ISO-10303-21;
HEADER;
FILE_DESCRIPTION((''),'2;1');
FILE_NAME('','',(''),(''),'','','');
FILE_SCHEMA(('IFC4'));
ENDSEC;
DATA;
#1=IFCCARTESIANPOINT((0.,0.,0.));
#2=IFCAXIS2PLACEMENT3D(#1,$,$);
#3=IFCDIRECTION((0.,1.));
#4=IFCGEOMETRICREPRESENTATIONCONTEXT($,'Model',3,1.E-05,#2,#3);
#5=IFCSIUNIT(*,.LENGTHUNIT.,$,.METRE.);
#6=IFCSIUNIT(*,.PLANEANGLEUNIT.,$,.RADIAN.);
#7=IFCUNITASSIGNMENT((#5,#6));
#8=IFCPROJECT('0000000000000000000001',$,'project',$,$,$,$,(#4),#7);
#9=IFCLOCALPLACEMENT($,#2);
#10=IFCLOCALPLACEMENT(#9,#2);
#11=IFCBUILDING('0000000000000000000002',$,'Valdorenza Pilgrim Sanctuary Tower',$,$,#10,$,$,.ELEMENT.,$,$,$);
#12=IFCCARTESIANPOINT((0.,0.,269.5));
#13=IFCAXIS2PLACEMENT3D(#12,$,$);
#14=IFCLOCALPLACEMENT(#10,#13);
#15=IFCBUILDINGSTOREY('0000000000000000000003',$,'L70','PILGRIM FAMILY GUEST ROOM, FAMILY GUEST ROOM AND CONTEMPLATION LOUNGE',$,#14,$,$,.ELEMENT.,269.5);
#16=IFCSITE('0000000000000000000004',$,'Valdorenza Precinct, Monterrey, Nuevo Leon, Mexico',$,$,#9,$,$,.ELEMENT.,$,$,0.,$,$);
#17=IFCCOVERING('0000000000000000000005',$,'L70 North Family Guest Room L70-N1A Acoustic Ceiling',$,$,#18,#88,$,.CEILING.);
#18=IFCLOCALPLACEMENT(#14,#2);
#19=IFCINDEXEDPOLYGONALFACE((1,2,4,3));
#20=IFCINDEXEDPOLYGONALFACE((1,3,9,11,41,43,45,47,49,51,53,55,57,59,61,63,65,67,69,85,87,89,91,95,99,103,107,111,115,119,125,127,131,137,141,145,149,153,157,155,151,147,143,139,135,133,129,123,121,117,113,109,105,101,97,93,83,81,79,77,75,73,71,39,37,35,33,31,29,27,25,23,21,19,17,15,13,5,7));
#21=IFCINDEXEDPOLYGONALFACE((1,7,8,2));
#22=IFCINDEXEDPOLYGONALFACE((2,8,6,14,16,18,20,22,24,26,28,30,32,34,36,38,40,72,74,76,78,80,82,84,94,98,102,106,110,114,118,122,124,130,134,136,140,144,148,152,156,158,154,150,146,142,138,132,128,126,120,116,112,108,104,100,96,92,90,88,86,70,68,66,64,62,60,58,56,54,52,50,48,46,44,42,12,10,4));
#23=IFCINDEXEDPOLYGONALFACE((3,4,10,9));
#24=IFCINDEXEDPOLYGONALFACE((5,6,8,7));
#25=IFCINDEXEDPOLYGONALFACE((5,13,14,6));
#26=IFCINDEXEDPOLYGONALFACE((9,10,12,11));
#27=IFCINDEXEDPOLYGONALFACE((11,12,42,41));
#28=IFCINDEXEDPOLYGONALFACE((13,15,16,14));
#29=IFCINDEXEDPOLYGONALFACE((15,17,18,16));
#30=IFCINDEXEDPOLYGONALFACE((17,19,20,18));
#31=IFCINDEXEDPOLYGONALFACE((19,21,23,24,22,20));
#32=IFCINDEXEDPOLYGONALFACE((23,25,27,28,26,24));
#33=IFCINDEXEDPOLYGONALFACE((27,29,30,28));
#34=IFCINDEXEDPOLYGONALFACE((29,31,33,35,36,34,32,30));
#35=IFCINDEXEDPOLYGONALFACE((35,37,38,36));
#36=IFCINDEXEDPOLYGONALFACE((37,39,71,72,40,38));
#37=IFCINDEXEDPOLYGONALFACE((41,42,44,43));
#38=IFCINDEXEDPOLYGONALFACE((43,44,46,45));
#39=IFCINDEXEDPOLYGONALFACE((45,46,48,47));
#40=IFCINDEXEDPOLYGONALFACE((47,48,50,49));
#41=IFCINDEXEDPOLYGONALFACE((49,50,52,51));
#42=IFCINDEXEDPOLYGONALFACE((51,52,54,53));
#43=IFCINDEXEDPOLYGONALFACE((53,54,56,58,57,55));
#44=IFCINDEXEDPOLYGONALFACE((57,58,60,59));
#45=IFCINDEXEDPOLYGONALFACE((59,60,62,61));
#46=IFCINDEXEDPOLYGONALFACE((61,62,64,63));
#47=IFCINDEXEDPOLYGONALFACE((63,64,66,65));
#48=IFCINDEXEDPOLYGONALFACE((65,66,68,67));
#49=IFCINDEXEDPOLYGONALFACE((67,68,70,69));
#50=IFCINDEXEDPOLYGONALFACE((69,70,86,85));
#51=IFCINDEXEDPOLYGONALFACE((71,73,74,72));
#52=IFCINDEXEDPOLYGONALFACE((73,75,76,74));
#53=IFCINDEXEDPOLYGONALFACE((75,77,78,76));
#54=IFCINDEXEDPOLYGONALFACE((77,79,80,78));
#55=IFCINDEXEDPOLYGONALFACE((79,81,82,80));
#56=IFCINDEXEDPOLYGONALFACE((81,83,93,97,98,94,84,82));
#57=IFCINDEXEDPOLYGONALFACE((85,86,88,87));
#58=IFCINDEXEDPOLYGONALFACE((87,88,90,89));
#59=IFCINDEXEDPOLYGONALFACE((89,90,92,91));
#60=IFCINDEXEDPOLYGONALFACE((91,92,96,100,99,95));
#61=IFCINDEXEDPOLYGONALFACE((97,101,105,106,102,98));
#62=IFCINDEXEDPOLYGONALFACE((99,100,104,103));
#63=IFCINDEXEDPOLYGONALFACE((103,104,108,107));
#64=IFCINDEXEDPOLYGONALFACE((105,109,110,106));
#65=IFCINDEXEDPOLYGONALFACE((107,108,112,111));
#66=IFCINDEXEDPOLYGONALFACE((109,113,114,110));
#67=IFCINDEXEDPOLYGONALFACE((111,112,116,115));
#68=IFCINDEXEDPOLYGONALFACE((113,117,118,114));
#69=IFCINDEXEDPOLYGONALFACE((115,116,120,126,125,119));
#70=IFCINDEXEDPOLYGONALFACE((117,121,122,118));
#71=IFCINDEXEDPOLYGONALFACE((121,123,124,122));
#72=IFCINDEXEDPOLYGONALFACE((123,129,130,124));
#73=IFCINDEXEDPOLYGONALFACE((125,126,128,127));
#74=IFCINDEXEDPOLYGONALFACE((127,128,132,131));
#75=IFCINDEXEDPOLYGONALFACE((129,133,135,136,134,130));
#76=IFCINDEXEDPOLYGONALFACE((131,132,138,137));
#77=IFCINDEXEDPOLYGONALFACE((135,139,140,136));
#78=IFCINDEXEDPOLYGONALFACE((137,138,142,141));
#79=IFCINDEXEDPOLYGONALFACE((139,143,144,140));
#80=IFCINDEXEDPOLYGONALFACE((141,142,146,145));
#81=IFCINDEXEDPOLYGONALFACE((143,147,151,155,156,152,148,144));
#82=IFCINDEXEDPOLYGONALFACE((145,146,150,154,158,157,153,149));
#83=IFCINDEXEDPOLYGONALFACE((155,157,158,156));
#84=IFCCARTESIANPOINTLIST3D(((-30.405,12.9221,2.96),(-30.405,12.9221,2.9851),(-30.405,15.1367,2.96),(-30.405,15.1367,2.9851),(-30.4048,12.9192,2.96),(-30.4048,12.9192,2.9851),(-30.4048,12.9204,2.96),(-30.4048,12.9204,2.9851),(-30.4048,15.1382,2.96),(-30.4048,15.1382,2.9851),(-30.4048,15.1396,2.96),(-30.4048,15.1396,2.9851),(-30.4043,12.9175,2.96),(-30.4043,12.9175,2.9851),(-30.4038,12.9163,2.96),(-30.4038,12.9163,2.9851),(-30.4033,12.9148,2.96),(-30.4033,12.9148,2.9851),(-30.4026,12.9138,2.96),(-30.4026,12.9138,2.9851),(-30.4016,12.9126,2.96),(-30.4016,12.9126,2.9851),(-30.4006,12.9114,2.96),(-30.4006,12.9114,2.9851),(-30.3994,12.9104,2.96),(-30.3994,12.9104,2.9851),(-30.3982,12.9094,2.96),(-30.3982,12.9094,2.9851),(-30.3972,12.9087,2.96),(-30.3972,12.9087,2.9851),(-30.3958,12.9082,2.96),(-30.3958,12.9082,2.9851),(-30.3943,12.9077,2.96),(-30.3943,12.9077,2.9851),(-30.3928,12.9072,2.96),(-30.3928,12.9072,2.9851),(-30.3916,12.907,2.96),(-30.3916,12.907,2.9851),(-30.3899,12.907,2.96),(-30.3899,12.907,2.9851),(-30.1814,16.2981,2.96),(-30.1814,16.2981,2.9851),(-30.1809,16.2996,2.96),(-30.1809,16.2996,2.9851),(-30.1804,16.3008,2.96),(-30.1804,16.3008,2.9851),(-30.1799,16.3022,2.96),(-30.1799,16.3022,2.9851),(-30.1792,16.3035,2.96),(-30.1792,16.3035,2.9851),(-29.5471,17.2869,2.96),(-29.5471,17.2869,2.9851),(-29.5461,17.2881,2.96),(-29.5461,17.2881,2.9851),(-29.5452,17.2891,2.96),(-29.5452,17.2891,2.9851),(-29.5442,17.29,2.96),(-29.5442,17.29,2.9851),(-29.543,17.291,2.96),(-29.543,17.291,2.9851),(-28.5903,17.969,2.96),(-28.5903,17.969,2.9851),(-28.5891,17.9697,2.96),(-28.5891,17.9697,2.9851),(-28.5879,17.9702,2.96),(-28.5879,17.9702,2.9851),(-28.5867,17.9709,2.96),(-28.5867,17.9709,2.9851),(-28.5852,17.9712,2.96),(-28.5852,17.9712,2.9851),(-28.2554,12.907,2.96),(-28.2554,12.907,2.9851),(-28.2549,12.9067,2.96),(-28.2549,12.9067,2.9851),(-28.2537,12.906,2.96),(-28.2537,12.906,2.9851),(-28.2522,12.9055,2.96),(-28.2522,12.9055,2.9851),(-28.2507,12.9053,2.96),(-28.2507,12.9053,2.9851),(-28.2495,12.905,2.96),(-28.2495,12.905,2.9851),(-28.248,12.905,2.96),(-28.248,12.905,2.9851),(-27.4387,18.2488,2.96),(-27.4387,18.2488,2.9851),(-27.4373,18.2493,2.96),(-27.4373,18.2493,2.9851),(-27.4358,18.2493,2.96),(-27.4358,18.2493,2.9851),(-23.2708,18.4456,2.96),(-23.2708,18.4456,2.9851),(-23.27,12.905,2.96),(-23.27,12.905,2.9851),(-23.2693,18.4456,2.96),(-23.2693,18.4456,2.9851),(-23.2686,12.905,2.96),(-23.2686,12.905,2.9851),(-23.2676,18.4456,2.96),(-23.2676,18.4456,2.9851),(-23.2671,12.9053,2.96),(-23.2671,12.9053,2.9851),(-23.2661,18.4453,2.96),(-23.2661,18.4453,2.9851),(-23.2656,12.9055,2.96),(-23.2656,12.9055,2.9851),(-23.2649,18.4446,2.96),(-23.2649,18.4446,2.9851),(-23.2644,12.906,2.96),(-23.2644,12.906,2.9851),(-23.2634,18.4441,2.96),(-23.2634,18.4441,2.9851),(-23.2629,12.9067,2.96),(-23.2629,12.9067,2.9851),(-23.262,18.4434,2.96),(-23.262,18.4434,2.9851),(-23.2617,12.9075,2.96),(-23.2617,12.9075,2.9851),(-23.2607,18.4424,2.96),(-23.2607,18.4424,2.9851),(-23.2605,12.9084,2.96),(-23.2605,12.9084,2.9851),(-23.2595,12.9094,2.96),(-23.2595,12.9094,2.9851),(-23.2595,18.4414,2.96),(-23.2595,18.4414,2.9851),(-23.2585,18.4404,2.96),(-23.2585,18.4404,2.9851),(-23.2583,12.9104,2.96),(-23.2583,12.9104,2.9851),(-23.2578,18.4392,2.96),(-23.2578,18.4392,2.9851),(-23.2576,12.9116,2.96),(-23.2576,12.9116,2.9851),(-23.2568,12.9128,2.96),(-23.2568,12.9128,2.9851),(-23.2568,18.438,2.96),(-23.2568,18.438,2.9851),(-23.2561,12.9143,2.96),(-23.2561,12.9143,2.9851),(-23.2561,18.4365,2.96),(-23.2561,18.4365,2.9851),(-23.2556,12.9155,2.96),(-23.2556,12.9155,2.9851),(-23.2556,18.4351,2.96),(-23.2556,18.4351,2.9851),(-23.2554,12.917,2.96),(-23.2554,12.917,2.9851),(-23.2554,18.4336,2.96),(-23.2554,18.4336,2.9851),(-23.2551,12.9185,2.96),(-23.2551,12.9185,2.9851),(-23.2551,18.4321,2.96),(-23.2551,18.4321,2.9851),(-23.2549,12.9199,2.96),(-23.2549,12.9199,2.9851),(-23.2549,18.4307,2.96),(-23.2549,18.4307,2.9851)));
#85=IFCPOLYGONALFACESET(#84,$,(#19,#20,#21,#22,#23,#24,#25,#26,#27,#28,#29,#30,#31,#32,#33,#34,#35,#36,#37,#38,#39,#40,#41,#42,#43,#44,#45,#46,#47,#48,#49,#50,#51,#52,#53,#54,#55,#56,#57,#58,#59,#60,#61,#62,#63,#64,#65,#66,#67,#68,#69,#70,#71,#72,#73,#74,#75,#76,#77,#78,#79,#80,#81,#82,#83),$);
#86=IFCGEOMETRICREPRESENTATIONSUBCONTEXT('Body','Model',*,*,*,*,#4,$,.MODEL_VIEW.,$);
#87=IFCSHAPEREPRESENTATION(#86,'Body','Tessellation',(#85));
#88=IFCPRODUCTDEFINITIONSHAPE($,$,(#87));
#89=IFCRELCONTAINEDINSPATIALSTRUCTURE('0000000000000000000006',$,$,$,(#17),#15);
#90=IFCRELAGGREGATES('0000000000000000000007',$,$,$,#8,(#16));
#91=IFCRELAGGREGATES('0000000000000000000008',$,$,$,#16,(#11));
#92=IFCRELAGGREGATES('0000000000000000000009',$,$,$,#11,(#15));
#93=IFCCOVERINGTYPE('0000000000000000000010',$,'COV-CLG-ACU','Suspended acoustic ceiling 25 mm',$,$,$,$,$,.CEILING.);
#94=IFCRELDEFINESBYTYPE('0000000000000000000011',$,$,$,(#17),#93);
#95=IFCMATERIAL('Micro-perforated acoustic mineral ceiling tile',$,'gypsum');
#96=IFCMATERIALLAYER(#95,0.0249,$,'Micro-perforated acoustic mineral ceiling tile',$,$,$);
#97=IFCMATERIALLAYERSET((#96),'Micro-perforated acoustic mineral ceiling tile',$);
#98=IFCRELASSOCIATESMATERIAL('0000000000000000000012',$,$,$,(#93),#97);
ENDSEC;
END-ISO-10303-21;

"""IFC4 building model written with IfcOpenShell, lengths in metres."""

from ifc_helpers import new_model, si_unit, direction, frame, origin, place, context, subcontext, project, spatial, polyline, outline, extrude, material, layer, layer_set, type_object, element, save


model = new_model("IFC4")

# Units and contexts
model_context = context("Model", 3, precision=1e-05, world=origin(), true_north=direction((0.0, 1.0)))
body_context = subcontext(model_context, "Body", "Model", "MODEL_VIEW")
ifc_project = project(units=[si_unit("LENGTHUNIT", "METRE"), si_unit("PLANEANGLEUNIT", "RADIAN")], contexts=[model_context])

# Site, building, storey
site_placement = place(None, origin())
site = spatial("IfcSite", under=ifc_project, at=site_placement, Name="Valdorenza Precinct, Monterrey, Nuevo Leon, Mexico", CompositionType="ELEMENT", RefElevation=0.0)
building_placement = place(site_placement, origin())
building = spatial("IfcBuilding", under=site, at=building_placement, Name="Valdorenza Pilgrim Sanctuary Tower", CompositionType="ELEMENT")
storey_placement = place(building_placement, frame((0.0, 0.0, 269.5)))
storey = spatial("IfcBuildingStorey", under=building, at=storey_placement, Name="L70", Description="PILGRIM FAMILY GUEST ROOM, FAMILY GUEST ROOM AND CONTEMPLATION LOUNGE", CompositionType="ELEMENT", Elevation=269.5)

# Covering
ifc_material_1 = material(Name="Micro-perforated acoustic mineral ceiling tile", Category="gypsum")
ifc_layer_1 = layer(ifc_material_1, 0.0249, Name="Micro-perforated acoustic mineral ceiling tile")
ifc_layer_set_1 = layer_set([ifc_layer_1], Name="Micro-perforated acoustic mineral ceiling tile")
covering_type_1 = type_object("IfcCoveringType", Name="COV-CLG-ACU", Description="Suspended acoustic ceiling 25 mm", PredefinedType="CEILING", material=ifc_layer_set_1)
covering_1_placement = place(storey_placement, frame((0.0, 0.0, 2.96)))
element("IfcCovering", 1, at=covering_1_placement, inside=storey, type_object=covering_type_1, Name="L70 North Family Guest Room L70-N1A Acoustic Ceiling", PredefinedType="CEILING", context=body_context, shape_type="SweptSolid", body=[
    extrude(outline(polyline([(-30.1814, 16.2981), (-30.1809, 16.2996), (-30.1804, 16.3008), (-30.1799, 16.3022), (-30.1792, 16.3035), (-29.5471, 17.2869), (-29.5461, 17.2881), (-29.5452, 17.2891), (-29.5442, 17.29), (-29.543, 17.291), (-28.5903, 17.969), (-28.5891, 17.9697), (-28.5879, 17.9702), (-28.5867, 17.9709), (-28.5852, 17.9712), (-27.4387, 18.2488), (-27.4373, 18.2493), (-27.4358, 18.2493), (-23.2708, 18.4456), (-23.2693, 18.4456), (-23.2676, 18.4456), (-23.2661, 18.4453), (-23.2649, 18.4446), (-23.2634, 18.4441), (-23.262, 18.4434), (-23.2607, 18.4424), (-23.2595, 18.4414), (-23.2585, 18.4404), (-23.2578, 18.4392), (-23.2568, 18.438), (-23.2561, 18.4365), (-23.2556, 18.4351), (-23.2554, 18.4336), (-23.2551, 18.4321), (-23.2549, 18.4307), (-23.2549, 12.9199), (-23.2551, 12.9185), (-23.2554, 12.917), (-23.2556, 12.9155), (-23.2561, 12.9143), (-23.2568, 12.9128), (-23.2576, 12.9116), (-23.2583, 12.9104), (-23.2595, 12.9094), (-23.2605, 12.9084), (-23.2617, 12.9075), (-23.2629, 12.9067), (-23.2644, 12.906), (-23.2656, 12.9055), (-23.2671, 12.9053), (-23.2686, 12.905), (-23.27, 12.905), (-28.248, 12.905), (-28.2495, 12.905), (-28.2507, 12.9053), (-28.2522, 12.9055), (-28.2537, 12.906), (-28.2549, 12.9067), (-28.2554, 12.907), (-30.3899, 12.907), (-30.3916, 12.907), (-30.3928, 12.9072), (-30.3943, 12.9077), (-30.3958, 12.9082), (-30.3972, 12.9087), (-30.3982, 12.9094), (-30.3994, 12.9104), (-30.4006, 12.9114), (-30.4016, 12.9126), (-30.4026, 12.9138), (-30.4033, 12.9148), (-30.4038, 12.9163), (-30.4043, 12.9175), (-30.4048, 12.9192), (-30.4048, 12.9204), (-30.405, 12.9221), (-30.405, 15.1367), (-30.4048, 15.1382), (-30.4048, 15.1396), (-30.1814, 16.2981)])), origin(), (0.0, 0.0, 1.0), 0.0251),
])

save(model, "model.ifc")
